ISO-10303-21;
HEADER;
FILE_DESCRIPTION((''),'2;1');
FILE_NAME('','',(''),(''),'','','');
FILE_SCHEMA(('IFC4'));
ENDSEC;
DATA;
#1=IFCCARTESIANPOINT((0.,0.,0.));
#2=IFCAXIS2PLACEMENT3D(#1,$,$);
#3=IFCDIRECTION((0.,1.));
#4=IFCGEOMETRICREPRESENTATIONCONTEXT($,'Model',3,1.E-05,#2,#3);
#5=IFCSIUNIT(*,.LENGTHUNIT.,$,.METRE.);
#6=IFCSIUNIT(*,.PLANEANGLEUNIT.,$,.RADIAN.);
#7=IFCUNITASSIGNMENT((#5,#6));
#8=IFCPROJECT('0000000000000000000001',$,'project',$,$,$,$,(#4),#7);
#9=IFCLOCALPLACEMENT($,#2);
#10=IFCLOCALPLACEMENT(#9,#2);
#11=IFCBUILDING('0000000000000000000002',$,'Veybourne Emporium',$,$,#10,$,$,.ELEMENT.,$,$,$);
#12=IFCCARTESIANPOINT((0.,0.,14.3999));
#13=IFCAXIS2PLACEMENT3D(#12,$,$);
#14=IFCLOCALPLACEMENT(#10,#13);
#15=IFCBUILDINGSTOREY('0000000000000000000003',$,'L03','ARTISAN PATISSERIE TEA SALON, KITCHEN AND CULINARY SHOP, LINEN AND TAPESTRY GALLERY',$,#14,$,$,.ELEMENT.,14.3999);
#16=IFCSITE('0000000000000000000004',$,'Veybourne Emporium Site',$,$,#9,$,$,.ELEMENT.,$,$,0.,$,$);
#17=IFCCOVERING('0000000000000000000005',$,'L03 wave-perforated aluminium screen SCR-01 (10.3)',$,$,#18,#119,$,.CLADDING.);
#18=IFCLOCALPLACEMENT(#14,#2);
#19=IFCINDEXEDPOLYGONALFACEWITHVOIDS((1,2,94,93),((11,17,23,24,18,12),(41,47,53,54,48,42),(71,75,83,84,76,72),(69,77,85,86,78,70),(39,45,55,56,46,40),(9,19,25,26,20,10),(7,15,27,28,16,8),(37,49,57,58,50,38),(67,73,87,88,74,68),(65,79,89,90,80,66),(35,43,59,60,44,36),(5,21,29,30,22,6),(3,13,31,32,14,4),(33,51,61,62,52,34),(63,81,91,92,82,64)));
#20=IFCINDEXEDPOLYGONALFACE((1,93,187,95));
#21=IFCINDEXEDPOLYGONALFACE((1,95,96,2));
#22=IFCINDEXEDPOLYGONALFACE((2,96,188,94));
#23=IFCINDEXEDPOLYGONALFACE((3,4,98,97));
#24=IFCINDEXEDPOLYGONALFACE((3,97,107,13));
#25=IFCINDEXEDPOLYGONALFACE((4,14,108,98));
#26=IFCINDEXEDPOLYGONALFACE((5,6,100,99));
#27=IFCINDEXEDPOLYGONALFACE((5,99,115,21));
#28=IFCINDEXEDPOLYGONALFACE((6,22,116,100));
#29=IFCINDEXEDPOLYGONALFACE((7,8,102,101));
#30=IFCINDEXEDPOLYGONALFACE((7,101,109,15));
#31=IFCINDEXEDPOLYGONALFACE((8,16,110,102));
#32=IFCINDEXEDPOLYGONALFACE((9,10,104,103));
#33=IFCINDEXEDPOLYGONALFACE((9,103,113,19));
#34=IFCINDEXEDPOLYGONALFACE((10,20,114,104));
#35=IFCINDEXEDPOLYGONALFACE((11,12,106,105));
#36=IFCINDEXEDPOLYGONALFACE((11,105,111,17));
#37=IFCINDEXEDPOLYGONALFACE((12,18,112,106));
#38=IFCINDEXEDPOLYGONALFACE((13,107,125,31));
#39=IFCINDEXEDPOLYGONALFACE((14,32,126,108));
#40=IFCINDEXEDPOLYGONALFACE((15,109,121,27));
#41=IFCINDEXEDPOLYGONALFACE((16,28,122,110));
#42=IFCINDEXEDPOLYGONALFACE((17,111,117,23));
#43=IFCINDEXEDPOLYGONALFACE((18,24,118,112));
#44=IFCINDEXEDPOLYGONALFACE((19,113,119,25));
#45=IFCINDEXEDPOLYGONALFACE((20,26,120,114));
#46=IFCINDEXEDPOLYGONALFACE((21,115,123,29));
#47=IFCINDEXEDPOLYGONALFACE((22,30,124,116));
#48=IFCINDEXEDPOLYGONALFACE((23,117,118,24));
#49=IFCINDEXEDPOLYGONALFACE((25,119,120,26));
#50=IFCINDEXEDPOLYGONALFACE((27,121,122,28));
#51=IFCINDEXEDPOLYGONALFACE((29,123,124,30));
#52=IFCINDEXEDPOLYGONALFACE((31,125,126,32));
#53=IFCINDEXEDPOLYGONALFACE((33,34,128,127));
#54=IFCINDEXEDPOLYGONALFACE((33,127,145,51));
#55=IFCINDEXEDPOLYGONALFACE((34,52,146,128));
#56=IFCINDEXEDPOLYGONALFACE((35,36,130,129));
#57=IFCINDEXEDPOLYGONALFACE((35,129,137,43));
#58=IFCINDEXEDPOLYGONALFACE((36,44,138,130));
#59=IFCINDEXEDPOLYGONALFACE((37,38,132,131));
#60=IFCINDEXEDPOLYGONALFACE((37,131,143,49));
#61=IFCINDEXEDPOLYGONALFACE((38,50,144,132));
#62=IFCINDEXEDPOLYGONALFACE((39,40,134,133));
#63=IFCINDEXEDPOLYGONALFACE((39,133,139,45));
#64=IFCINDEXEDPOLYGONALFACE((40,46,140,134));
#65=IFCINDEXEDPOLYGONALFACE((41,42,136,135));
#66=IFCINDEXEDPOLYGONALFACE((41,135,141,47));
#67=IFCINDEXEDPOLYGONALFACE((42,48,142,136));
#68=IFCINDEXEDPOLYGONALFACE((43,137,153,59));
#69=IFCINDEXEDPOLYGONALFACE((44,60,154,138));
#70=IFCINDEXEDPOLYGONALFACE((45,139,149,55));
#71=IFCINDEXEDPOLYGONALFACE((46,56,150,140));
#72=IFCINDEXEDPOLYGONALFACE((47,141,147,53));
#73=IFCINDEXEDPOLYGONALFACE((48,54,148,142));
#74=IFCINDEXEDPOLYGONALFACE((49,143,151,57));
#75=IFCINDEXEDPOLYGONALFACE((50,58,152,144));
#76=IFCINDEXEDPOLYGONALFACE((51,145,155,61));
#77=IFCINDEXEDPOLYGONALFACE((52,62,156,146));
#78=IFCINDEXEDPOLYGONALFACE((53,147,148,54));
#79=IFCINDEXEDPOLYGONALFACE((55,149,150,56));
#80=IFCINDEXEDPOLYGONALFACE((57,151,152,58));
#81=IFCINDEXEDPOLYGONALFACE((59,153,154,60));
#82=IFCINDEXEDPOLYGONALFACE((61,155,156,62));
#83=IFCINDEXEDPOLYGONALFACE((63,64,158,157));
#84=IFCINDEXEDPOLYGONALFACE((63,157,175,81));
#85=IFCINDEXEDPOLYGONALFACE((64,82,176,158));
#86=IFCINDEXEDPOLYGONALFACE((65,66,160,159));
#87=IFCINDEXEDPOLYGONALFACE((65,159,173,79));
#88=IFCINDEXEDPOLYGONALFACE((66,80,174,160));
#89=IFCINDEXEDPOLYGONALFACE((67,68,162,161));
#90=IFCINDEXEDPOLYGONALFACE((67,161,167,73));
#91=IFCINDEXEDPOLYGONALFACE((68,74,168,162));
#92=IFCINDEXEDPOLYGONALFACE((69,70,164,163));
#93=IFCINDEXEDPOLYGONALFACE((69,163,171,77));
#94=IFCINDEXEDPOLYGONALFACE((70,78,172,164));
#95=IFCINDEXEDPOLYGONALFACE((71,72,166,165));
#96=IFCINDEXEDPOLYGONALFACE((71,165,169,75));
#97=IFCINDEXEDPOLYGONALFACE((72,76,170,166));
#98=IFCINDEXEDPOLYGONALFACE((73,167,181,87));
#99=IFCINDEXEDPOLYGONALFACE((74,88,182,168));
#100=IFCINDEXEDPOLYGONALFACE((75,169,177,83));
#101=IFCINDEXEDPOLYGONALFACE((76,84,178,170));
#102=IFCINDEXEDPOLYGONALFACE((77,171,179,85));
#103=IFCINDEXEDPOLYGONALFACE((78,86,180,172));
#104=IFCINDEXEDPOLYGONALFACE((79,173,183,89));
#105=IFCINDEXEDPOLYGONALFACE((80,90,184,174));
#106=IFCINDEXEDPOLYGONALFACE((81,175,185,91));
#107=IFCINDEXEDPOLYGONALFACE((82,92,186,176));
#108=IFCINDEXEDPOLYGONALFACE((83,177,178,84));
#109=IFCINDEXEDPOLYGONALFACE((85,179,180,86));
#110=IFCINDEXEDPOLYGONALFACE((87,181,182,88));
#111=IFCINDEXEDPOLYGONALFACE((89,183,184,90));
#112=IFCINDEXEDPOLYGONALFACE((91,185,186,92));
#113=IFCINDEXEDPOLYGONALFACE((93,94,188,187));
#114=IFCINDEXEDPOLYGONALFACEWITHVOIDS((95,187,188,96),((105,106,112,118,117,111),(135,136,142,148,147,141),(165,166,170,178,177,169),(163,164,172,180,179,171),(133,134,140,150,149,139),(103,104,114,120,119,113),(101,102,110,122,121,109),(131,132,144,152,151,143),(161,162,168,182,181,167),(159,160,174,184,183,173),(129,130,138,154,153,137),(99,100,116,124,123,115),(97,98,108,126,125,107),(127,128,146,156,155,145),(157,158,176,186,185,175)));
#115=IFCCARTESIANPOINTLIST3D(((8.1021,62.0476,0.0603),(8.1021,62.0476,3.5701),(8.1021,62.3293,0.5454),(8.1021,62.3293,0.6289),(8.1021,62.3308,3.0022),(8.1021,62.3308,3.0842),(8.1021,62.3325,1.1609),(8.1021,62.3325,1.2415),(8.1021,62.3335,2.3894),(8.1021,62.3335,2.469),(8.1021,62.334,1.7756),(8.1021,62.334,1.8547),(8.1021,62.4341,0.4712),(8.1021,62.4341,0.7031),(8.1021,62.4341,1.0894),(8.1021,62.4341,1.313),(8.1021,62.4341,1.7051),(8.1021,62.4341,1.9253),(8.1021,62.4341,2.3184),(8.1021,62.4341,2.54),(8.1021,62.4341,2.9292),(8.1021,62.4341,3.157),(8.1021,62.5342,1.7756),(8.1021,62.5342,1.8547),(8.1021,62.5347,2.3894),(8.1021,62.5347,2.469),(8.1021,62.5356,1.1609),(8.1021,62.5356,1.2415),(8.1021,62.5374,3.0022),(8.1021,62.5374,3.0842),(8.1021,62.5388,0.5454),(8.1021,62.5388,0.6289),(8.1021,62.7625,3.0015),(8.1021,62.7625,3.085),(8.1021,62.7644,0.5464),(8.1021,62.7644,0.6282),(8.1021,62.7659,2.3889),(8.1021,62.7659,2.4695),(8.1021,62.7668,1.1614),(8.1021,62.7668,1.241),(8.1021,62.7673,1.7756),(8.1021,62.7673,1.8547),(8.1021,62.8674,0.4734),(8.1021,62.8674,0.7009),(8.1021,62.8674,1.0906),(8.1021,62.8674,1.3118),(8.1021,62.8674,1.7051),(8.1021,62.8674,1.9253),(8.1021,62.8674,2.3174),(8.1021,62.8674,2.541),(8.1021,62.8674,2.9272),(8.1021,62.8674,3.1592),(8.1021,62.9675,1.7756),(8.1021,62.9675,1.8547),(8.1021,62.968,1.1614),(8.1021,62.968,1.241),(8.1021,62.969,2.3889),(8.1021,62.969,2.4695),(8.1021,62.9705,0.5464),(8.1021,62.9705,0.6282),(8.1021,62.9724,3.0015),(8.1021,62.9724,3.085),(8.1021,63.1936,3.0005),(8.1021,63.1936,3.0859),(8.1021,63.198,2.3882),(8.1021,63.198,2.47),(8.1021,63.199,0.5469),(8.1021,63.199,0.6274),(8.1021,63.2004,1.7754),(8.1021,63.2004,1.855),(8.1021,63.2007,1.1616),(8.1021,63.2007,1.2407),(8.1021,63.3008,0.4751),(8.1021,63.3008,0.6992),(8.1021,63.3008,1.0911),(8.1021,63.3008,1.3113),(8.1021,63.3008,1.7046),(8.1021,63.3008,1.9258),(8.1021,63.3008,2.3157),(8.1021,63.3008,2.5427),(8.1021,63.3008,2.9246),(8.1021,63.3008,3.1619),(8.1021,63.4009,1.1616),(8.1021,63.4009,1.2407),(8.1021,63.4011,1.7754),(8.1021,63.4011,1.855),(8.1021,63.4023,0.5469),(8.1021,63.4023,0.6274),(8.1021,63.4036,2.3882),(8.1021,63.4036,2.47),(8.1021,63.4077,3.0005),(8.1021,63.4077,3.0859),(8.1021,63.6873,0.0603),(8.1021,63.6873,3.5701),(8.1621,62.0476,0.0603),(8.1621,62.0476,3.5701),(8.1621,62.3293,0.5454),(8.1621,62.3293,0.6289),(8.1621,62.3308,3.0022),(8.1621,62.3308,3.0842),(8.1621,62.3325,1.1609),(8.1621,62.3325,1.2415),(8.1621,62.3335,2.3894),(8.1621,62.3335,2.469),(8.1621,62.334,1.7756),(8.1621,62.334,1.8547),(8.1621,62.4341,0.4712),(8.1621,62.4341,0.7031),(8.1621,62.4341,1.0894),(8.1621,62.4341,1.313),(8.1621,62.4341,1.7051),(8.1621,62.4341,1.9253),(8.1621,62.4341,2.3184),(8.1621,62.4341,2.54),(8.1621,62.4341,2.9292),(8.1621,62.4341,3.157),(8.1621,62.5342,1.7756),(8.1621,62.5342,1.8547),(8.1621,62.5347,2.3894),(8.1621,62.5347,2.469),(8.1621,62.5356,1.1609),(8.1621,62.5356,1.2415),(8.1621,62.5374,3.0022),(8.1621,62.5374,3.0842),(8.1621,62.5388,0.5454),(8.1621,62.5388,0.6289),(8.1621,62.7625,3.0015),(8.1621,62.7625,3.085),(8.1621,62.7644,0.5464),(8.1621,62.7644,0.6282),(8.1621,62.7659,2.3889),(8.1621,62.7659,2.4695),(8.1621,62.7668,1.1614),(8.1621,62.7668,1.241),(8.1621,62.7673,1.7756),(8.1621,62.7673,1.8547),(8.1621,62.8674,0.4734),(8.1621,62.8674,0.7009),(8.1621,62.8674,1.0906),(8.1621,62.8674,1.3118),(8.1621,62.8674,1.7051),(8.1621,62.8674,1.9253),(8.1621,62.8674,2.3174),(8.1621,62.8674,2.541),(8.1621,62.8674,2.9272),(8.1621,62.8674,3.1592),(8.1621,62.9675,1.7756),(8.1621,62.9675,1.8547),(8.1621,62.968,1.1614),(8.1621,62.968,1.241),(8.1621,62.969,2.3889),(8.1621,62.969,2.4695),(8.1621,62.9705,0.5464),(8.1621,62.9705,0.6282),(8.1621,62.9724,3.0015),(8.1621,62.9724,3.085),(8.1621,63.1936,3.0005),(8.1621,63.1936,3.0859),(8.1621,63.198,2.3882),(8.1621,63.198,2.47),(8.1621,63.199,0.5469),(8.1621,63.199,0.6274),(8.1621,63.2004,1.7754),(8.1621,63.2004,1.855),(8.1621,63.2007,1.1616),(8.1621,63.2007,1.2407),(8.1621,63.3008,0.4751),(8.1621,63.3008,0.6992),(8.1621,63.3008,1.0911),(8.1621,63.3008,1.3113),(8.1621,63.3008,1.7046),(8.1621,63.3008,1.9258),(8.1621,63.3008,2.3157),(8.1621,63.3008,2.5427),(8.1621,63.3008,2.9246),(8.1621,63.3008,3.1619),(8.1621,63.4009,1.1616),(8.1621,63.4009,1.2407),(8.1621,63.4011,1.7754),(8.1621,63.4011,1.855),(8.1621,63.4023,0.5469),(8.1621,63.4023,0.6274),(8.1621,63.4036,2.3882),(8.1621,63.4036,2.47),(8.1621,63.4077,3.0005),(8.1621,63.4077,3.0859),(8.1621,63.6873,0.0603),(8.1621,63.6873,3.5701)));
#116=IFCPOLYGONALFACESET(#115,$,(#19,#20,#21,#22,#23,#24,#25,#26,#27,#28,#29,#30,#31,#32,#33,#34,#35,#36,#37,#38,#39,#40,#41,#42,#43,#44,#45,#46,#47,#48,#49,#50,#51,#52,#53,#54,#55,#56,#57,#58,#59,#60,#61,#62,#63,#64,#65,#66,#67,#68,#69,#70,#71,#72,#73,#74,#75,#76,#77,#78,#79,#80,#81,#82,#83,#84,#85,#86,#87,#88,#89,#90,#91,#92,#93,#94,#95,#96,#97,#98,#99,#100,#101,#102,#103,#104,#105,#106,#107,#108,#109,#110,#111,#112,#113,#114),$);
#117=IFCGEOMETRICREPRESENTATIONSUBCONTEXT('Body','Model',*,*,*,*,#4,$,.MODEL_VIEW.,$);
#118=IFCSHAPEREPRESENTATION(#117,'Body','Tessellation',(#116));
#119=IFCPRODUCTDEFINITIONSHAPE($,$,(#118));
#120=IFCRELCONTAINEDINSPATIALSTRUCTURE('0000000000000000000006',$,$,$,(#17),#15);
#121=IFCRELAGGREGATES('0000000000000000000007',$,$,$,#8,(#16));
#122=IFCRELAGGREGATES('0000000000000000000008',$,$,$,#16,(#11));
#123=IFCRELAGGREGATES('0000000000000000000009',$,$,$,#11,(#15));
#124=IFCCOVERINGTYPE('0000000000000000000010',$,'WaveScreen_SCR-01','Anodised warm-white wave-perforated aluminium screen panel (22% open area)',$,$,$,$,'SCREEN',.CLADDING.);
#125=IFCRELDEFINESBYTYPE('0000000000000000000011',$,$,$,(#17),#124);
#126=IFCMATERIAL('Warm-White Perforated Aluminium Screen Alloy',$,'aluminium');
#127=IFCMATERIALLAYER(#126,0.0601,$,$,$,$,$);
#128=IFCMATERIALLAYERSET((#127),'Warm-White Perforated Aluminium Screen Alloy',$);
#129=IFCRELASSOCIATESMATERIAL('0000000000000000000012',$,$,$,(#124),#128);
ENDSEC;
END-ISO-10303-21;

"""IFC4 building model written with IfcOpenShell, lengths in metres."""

from ifc_helpers import new_model, si_unit, direction, frame, origin, place, context, subcontext, project, spatial, polyline, outline, extrude, material, layer, layer_set, type_object, element, save


model = new_model("IFC4")

# Units and contexts
model_context = context("Model", 3, precision=1e-05, world=origin(), true_north=direction((0.0, 1.0)))
body_context = subcontext(model_context, "Body", "Model", "MODEL_VIEW")
ifc_project = project(units=[si_unit("LENGTHUNIT", "METRE"), si_unit("PLANEANGLEUNIT", "RADIAN")], contexts=[model_context])

# Site, building, storey
site_placement = place(None, origin())
site = spatial("IfcSite", under=ifc_project, at=site_placement, Name="Veybourne Emporium Site", CompositionType="ELEMENT", RefElevation=0.0)
building_placement = place(site_placement, origin())
building = spatial("IfcBuilding", under=site, at=building_placement, Name="Veybourne Emporium", CompositionType="ELEMENT")
storey_placement = place(building_placement, frame((0.0, 0.0, 14.3999)))
storey = spatial("IfcBuildingStorey", under=building, at=storey_placement, Name="L03", Description="ARTISAN PATISSERIE TEA SALON, KITCHEN AND CULINARY SHOP, LINEN AND TAPESTRY GALLERY", CompositionType="ELEMENT", Elevation=14.3999)

# Covering
ifc_material_1 = material(Name="Warm-White Perforated Aluminium Screen Alloy", Category="aluminium")
ifc_layer_1 = layer(ifc_material_1, 0.0601)
ifc_layer_set_1 = layer_set([ifc_layer_1], Name="Warm-White Perforated Aluminium Screen Alloy")
covering_type_1 = type_object("IfcCoveringType", Name="WaveScreen_SCR-01", Description="Anodised warm-white wave-perforated aluminium screen panel (22% open area)", ElementType="SCREEN", PredefinedType="CLADDING", material=ifc_layer_set_1)
covering_1_placement = place(storey_placement, frame((8.1021, 62.8674, 1.8152), z_axis=(1.0, 0.0, 0.0), x_axis=(0.0, 1.0, 0.0)))
element("IfcCovering", 1, at=covering_1_placement, inside=storey, type_object=covering_type_1, Name="L03 wave-perforated aluminium screen SCR-01 (10.3)", PredefinedType="CLADDING", context=body_context, shape_type="SweptSolid", body=[
    extrude(outline(polyline([(-0.8198, -1.7549), (0.8198, -1.7549), (0.8198, 1.7549), (-0.8198, 1.7549), (-0.8198, -1.7549)]), holes=[polyline([(-0.4333, -1.1121), (-0.3286, -1.1863), (-0.3286, -1.2698), (-0.4333, -1.344), (-0.5381, -1.2698), (-0.5381, -1.1863), (-0.4333, -1.1121)]), polyline([(-0.4333, -0.5022), (-0.3318, -0.5737), (-0.3318, -0.6543), (-0.4333, -0.7258), (-0.5349, -0.6543), (-0.5349, -0.5737), (-0.4333, -0.5022)]), polyline([(-0.4333, 0.1101), (-0.3333, 0.0396), (-0.3333, -0.0396), (-0.4333, -0.1101), (-0.5334, -0.0396), (-0.5334, 0.0396), (-0.4333, 0.1101)]), polyline([(-0.4333, 0.7249), (-0.3328, 0.6538), (-0.3328, 0.5742), (-0.4333, 0.5032), (-0.5339, 0.5742), (-0.5339, 0.6538), (-0.4333, 0.7249)]), polyline([(-0.4333, 1.3418), (-0.3301, 1.269), (-0.3301, 1.187), (-0.4333, 1.114), (-0.5366, 1.187), (-0.5366, 1.269), (-0.4333, 1.3418)]), polyline([(0.0, -1.1143), (0.103, -1.187), (0.103, -1.2688), (0.0, -1.3418), (-0.103, -1.2688), (-0.103, -1.187), (0.0, -1.1143)]), polyline([(0.0, -0.5034), (0.1006, -0.5742), (0.1006, -0.6538), (0.0, -0.7246), (-0.1006, -0.6538), (-0.1006, -0.5742), (0.0, -0.5034)]), polyline([(0.0, 0.1101), (0.1001, 0.0396), (0.1001, -0.0396), (0.0, -0.1101), (-0.1001, -0.0396), (-0.1001, 0.0396), (0.0, 0.1101)]), polyline([(0.0, 0.7258), (0.1016, 0.6543), (0.1016, 0.5737), (0.0, 0.5022), (-0.1016, 0.5737), (-0.1016, 0.6543), (0.0, 0.7258)]), polyline([(0.0, 1.344), (0.105, 1.2698), (0.105, 1.1863), (0.0, 1.1121), (-0.105, 1.1863), (-0.105, 1.2698), (0.0, 1.344)]), polyline([(0.4333, -1.116), (0.5349, -1.1877), (0.5349, -1.2683), (0.4333, -1.3401), (0.3315, -1.2683), (0.3315, -1.1877), (0.4333, -1.116)]), polyline([(0.4333, -0.5039), (0.5334, -0.5745), (0.5334, -0.6536), (0.4333, -0.7241), (0.3333, -0.6536), (0.3333, -0.5745), (0.4333, -0.5039)]), polyline([(0.4333, 0.1106), (0.5337, 0.0398), (0.5337, -0.0398), (0.4333, -0.1106), (0.333, -0.0398), (0.333, 0.0398), (0.4333, 0.1106)]), polyline([(0.4333, 0.7275), (0.5361, 0.6548), (0.5361, 0.573), (0.4333, 0.5005), (0.3306, 0.573), (0.3306, 0.6548), (0.4333, 0.7275)]), polyline([(0.4333, 1.3467), (0.5403, 1.2708), (0.5403, 1.1853), (0.4333, 1.1094), (0.3262, 1.1853), (0.3262, 1.2708), (0.4333, 1.3467)])]), origin(), (0.0, 0.0, 1.0), 0.0601),
])

save(model, "model.ifc")
